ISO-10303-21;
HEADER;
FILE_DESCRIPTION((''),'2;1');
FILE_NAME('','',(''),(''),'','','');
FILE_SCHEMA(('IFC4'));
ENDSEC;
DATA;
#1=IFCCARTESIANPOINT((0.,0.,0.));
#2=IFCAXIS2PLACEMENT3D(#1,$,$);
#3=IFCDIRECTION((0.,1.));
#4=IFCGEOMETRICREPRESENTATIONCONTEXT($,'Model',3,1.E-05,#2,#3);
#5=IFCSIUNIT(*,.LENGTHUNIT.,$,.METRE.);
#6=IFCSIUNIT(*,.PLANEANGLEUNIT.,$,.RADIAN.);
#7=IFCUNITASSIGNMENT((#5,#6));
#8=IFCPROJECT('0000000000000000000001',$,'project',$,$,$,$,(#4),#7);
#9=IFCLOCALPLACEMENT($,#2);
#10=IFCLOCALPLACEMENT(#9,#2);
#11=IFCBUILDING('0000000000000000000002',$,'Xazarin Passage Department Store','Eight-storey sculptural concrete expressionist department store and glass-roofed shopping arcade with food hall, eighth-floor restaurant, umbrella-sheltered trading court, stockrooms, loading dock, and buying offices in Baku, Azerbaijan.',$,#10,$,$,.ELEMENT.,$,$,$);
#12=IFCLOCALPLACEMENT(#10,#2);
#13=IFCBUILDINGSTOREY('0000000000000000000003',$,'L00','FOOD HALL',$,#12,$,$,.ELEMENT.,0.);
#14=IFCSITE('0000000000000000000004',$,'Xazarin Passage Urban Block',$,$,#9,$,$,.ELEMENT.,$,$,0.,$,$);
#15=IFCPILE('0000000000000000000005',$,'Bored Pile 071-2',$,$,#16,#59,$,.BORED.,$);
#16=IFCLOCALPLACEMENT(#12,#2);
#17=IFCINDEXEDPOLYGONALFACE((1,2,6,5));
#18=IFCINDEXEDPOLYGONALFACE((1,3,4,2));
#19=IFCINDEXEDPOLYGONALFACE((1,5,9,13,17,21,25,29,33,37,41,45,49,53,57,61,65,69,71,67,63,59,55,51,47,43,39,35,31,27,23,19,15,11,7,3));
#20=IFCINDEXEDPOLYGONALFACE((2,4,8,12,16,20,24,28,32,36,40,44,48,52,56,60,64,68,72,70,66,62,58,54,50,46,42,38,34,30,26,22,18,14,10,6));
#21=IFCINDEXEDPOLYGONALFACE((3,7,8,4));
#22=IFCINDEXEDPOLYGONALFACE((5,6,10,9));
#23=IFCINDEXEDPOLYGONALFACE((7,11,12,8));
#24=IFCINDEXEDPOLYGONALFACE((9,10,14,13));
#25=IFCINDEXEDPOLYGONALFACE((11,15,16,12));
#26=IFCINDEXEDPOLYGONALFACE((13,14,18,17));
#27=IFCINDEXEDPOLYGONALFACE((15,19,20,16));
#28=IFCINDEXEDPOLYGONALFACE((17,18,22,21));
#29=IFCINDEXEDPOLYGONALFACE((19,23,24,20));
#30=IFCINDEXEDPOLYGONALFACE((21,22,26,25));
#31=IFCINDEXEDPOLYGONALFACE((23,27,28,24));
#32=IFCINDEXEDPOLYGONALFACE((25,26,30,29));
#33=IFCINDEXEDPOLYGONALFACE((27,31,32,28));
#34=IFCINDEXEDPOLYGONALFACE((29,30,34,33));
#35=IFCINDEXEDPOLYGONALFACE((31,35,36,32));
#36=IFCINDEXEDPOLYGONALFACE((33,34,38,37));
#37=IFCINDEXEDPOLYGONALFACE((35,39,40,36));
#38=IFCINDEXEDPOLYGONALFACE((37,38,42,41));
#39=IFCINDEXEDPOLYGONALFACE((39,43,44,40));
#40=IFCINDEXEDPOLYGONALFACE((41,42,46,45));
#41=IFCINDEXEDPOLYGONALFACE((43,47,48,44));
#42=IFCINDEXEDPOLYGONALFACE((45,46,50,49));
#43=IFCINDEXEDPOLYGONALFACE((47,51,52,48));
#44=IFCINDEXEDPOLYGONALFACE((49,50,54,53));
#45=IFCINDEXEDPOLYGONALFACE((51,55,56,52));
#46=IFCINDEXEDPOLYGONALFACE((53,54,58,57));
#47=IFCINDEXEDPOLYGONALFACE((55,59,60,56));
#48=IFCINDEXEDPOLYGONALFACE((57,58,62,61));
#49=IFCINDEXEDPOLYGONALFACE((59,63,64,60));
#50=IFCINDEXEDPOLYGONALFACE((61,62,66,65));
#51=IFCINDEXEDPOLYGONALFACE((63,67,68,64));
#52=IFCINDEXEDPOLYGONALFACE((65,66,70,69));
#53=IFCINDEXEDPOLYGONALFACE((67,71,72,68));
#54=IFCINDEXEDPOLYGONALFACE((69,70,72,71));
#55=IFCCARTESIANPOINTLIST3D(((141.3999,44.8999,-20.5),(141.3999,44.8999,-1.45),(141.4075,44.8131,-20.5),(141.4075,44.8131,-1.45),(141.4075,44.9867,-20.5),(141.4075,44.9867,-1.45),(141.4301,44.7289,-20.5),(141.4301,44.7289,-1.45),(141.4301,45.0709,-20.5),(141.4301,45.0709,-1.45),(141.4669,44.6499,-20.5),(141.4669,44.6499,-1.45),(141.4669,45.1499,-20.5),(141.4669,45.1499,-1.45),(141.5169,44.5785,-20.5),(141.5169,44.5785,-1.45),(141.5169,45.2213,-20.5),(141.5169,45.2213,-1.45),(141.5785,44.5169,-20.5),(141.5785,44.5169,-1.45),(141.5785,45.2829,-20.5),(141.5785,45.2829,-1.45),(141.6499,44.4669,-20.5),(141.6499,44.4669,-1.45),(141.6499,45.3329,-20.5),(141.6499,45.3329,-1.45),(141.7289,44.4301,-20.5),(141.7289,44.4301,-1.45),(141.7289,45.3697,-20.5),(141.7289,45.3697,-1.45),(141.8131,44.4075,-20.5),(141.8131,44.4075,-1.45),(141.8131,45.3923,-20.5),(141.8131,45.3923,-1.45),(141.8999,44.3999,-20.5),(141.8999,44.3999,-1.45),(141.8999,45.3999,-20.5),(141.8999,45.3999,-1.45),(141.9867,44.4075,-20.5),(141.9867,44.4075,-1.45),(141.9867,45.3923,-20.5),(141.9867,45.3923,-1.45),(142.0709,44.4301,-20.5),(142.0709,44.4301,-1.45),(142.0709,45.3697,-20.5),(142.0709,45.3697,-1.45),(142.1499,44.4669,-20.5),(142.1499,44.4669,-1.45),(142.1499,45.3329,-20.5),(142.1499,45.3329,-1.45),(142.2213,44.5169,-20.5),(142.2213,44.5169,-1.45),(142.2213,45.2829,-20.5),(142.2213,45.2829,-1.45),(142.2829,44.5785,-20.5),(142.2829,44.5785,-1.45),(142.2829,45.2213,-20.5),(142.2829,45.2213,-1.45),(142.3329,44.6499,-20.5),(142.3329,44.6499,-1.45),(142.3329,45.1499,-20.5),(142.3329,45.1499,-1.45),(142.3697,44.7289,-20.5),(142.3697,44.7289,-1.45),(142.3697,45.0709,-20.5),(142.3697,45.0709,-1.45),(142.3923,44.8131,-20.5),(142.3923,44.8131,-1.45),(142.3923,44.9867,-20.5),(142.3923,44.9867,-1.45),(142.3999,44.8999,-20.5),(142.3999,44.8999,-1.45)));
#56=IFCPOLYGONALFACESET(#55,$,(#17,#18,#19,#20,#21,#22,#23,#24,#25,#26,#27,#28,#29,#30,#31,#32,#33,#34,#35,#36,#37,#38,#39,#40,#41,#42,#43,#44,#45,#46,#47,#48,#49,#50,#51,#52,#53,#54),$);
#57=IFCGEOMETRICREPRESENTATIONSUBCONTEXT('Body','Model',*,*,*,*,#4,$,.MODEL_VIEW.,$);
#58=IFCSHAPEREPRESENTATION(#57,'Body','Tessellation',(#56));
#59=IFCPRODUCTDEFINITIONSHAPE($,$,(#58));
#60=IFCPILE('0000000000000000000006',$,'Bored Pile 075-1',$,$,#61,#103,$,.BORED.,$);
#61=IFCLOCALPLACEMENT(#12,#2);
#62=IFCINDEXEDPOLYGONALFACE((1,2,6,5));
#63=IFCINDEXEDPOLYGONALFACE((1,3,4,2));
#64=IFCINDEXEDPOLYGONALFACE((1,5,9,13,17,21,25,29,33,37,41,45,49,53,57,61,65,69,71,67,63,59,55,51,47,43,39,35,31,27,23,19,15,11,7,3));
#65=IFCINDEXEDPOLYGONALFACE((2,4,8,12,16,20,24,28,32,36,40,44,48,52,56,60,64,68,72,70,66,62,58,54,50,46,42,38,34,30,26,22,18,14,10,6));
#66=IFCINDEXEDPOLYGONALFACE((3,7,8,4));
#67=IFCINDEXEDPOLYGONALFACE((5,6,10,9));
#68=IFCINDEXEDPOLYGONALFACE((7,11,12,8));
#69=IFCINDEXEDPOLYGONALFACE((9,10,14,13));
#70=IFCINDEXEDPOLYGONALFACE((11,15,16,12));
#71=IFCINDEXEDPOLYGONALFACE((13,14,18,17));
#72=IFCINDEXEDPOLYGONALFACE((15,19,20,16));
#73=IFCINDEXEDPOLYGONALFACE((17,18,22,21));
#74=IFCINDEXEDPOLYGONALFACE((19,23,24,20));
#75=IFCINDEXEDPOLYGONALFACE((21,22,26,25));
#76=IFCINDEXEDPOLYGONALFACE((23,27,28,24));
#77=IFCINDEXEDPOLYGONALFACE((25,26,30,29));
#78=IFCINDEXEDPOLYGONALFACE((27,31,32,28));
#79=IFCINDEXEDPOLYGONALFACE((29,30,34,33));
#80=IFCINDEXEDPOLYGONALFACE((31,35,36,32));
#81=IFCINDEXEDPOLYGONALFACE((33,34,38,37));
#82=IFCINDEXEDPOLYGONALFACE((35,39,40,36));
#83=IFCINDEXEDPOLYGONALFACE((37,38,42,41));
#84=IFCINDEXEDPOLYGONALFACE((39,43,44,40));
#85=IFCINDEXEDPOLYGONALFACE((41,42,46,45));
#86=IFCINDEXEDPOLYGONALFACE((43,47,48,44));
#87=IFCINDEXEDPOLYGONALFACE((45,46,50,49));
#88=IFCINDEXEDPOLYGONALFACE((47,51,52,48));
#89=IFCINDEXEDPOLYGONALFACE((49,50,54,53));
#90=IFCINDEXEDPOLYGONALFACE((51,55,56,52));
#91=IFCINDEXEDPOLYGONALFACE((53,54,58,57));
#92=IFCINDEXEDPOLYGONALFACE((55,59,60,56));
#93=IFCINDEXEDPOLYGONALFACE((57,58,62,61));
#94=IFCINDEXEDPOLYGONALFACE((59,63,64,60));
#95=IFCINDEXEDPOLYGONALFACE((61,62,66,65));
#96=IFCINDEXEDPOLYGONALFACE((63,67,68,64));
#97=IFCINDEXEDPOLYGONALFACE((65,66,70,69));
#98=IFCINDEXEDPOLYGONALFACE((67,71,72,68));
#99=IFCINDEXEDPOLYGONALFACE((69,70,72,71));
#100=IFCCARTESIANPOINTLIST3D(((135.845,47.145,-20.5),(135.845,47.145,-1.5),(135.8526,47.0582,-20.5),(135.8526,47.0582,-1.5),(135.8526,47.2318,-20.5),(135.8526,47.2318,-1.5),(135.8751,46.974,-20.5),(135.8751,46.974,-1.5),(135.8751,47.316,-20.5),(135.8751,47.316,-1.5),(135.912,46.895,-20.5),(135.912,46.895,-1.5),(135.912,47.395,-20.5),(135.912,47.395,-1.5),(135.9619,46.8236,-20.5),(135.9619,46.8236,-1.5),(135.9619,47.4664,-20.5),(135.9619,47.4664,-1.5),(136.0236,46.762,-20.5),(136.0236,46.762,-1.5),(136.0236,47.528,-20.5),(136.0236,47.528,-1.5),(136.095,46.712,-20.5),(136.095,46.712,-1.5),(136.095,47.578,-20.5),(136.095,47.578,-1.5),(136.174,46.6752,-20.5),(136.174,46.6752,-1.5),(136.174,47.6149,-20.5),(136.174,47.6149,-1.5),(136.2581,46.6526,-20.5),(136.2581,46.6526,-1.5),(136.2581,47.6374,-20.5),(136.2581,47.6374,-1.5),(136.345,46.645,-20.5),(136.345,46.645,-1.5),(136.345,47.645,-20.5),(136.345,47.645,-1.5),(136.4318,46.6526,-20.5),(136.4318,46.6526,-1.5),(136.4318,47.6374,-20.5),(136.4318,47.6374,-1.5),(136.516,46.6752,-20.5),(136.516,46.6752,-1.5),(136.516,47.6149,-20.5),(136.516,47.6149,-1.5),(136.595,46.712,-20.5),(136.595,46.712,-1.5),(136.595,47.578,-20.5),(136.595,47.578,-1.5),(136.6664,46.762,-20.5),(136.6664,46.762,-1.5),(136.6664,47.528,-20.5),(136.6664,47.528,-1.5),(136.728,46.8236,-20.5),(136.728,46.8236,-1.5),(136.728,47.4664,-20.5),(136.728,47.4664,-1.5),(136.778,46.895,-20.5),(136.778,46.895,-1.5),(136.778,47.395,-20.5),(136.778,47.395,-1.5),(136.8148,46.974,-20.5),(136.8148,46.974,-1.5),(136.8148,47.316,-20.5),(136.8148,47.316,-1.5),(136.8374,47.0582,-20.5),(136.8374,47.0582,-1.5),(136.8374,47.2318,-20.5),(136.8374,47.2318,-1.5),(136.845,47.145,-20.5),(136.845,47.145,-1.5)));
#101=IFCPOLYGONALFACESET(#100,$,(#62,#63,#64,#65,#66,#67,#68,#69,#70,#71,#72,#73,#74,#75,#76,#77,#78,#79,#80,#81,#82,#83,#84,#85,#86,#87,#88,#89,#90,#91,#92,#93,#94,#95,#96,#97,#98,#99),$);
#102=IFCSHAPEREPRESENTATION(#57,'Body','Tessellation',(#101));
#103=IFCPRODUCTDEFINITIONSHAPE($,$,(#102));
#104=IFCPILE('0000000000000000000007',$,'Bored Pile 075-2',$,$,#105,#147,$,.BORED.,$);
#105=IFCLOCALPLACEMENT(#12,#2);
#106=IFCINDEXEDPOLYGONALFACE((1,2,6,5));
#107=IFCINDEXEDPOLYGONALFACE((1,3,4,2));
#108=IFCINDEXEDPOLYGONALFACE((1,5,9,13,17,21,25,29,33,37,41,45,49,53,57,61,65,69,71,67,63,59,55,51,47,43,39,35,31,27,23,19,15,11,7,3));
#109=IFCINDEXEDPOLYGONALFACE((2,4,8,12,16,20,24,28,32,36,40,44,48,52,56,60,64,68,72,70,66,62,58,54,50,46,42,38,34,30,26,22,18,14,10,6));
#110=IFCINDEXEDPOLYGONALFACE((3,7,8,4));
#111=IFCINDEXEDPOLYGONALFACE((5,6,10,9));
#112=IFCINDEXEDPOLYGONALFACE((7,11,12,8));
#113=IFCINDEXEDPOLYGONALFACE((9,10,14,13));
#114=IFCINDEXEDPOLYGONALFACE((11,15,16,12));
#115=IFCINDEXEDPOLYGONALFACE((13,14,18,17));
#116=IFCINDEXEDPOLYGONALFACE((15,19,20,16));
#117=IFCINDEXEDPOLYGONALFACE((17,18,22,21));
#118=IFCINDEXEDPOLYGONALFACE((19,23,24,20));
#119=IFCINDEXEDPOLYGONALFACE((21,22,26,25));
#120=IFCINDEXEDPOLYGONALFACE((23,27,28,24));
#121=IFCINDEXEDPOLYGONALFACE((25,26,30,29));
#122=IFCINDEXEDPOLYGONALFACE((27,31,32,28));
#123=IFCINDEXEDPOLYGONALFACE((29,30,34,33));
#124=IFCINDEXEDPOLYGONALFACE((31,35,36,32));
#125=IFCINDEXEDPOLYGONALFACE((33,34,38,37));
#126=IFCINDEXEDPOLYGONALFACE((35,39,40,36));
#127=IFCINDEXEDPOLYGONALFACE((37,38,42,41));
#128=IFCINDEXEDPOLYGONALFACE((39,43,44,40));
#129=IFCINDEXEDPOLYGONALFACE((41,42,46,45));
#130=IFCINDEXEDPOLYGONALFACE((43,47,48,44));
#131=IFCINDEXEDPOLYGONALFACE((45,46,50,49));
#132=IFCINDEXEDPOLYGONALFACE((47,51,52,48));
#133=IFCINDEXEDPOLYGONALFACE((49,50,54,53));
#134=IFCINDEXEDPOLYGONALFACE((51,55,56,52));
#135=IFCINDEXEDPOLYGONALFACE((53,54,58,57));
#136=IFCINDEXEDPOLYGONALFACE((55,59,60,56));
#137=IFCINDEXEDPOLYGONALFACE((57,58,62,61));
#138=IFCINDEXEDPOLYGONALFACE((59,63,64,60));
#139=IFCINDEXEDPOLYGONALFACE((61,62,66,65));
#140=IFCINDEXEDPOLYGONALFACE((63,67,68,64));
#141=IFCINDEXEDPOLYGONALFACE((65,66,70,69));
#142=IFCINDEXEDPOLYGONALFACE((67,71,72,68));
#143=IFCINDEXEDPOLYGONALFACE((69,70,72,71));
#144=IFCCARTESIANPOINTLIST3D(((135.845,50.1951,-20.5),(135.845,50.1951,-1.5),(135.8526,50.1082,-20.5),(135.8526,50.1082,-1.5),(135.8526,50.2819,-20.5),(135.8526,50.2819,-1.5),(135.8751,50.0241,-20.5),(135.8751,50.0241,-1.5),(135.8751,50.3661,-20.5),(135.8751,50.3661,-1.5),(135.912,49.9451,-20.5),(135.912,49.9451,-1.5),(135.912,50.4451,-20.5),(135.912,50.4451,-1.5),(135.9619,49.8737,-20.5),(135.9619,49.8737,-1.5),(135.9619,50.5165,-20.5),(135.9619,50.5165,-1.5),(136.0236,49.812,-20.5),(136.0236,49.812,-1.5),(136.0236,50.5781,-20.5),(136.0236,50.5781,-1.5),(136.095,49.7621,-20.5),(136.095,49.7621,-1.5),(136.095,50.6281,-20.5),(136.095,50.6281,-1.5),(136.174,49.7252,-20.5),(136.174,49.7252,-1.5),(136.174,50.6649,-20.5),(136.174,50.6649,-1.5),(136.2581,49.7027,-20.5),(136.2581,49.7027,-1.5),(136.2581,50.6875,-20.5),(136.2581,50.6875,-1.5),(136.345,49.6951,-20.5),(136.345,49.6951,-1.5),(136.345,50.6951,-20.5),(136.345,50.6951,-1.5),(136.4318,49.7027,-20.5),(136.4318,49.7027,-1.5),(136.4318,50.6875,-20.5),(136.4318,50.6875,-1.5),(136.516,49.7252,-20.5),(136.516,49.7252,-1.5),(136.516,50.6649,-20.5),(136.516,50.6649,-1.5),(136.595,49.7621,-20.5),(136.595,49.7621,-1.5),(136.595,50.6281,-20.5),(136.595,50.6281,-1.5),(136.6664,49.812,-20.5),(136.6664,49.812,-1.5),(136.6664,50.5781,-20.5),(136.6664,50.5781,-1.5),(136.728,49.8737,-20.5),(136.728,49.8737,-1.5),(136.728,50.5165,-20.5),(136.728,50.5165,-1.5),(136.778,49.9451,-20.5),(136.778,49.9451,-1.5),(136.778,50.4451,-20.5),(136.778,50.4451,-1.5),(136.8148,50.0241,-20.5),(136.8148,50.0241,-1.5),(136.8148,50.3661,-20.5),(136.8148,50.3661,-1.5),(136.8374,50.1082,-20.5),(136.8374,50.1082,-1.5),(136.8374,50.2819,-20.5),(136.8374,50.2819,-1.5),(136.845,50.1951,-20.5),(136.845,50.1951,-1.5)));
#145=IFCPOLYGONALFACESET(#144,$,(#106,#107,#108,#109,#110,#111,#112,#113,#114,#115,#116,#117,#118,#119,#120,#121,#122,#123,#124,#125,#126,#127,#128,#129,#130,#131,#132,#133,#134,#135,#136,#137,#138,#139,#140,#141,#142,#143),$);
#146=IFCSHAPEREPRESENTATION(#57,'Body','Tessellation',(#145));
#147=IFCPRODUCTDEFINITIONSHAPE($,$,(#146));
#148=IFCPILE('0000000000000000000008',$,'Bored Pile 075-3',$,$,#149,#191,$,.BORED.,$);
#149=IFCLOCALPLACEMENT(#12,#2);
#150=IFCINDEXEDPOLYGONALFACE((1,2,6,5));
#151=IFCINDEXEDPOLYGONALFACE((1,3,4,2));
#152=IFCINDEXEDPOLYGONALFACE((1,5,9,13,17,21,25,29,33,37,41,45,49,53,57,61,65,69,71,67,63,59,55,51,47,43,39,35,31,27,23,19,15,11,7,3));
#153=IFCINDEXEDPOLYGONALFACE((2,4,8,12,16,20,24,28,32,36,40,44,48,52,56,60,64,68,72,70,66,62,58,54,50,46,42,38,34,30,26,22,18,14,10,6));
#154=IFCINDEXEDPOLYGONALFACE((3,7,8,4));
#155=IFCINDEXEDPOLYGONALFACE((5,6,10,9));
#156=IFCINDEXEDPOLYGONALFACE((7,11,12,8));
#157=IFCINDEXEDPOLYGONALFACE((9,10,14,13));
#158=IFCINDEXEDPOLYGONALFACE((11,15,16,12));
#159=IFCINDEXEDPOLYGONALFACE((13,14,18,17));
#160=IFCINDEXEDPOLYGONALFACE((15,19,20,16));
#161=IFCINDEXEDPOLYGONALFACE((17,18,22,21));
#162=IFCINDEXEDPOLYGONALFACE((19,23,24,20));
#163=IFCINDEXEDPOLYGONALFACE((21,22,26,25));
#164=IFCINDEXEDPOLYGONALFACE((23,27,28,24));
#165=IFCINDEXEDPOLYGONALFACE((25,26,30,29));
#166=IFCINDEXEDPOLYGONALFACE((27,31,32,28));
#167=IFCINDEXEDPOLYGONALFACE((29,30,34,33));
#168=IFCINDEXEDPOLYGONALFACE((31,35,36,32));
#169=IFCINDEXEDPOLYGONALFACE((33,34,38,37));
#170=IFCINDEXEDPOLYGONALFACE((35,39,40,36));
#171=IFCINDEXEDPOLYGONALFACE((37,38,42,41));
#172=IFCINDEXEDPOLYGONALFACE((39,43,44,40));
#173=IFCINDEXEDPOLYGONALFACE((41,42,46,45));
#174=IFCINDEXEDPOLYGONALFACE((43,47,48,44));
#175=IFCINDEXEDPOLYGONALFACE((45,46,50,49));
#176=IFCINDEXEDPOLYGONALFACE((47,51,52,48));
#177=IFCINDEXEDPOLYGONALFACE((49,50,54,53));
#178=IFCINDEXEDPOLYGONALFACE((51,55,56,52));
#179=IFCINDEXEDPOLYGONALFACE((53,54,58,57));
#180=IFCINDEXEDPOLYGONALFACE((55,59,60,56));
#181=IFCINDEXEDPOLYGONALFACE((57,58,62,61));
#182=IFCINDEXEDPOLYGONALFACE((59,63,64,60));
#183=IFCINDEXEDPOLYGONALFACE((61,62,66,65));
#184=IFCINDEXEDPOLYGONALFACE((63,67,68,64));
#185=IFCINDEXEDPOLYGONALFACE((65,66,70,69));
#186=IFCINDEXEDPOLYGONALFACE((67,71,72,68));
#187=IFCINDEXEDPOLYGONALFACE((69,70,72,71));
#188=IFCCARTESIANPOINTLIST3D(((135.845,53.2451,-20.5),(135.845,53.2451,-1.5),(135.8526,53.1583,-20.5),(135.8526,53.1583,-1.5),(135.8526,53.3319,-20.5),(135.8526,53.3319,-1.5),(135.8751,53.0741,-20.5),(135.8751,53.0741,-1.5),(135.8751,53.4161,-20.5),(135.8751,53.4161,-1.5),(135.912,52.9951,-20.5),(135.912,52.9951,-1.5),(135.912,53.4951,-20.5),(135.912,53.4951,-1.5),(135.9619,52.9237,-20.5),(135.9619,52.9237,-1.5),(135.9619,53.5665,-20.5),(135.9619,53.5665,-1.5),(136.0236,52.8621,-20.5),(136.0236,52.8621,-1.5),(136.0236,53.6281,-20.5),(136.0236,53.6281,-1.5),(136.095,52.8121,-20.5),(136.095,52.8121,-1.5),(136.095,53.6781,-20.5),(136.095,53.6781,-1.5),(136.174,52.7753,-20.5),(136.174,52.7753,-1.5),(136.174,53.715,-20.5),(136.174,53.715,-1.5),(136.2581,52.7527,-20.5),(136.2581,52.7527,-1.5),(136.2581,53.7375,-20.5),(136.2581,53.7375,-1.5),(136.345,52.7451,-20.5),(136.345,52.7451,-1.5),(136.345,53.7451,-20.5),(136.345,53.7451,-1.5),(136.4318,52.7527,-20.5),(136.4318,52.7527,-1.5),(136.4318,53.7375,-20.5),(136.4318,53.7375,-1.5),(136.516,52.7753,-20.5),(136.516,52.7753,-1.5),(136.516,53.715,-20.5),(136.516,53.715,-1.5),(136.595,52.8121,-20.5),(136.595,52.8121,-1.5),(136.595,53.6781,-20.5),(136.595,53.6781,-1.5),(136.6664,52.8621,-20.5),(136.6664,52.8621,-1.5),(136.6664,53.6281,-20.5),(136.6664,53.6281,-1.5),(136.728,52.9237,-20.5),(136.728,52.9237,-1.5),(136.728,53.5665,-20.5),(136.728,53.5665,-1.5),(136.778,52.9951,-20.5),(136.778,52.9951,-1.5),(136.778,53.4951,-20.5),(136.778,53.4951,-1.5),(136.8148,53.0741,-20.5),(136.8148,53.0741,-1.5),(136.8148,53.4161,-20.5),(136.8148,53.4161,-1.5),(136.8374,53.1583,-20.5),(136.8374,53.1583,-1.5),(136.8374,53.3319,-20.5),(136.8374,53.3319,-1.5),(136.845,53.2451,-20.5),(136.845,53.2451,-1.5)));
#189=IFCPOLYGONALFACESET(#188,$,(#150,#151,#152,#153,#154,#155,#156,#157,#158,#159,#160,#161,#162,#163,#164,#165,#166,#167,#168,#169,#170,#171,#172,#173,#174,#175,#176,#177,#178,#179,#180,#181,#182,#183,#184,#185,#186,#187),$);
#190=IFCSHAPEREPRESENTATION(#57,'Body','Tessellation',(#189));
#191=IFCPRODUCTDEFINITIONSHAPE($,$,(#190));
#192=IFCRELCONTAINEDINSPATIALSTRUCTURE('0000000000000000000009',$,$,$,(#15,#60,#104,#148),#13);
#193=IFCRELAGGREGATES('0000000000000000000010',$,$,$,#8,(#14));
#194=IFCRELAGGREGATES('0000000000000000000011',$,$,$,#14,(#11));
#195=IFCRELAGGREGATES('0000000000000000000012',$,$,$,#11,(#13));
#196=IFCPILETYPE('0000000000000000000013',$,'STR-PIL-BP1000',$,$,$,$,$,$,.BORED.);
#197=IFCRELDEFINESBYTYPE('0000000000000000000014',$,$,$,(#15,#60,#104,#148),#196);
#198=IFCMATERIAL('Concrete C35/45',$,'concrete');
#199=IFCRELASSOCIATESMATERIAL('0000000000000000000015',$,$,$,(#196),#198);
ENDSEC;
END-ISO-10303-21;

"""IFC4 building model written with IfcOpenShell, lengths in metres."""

from ifc_helpers import new_model, si_unit, direction, frame, origin, origin_2d, place, context, subcontext, project, spatial, circle, extrude, material, material_profile, profile_set, type_object, element, save


model = new_model("IFC4")

# Units and contexts
model_context = context("Model", 3, precision=1e-05, world=origin(), true_north=direction((0.0, 1.0)))
body_context = subcontext(model_context, "Body", "Model", "MODEL_VIEW")
ifc_project = project(units=[si_unit("LENGTHUNIT", "METRE"), si_unit("PLANEANGLEUNIT", "RADIAN")], contexts=[model_context])

# Site, building, storey
site_placement = place(None, origin())
site = spatial("IfcSite", under=ifc_project, at=site_placement, Name="Xazarin Passage Urban Block", CompositionType="ELEMENT", RefElevation=0.0)
building_placement = place(site_placement, origin())
building = spatial("IfcBuilding", under=site, at=building_placement, Name="Xazarin Passage Department Store", Description="Eight-storey sculptural concrete expressionist department store and glass-roofed shopping arcade with food hall, eighth-floor restaurant, umbrella-sheltered trading court, stockrooms, loading dock, and buying offices in Baku, Azerbaijan.", CompositionType="ELEMENT")
storey_placement = place(building_placement, origin())
storey = spatial("IfcBuildingStorey", under=building, at=storey_placement, Name="L00", Description="FOOD HALL", CompositionType="ELEMENT", Elevation=0.0)

# Shared definitions
ifc_material_1 = material(Name="Concrete C35/45", Category="concrete")

# Piles
ifc_material_profile_1 = material_profile(ifc_material_1, circle(Radius=0.5, at=origin_2d()), Name="BP 1000")
ifc_profile_set_1 = profile_set([ifc_material_profile_1], Name="Concrete C35/45")
pile_type_1 = type_object("IfcPileType", Name="STR-PIL-BP1000", PredefinedType="BORED", material=ifc_profile_set_1)
for number, where, z_axis, x_axis, name in (
    (1, (141.8999, 44.8999, -1.45), (0.0, 0.0, -1.0), (1.0, 0.0, 0.0), "Bored Pile 071-2"),
):
    element("IfcPile", number, at=place(storey_placement, frame(where, z_axis=z_axis, x_axis=x_axis)), inside=storey, type_object=pile_type_1, Name=name, PredefinedType="BORED", context=body_context, shape_type="SweptSolid", body=[
        extrude(circle(Radius=0.5, at=origin_2d()), origin(), (0.0, 0.0, 1.0), 19.05),
    ])
for number, where, z_axis, x_axis, name in (
    (2, (136.345, 47.145, -1.5), (0.0, 0.0, -1.0), (1.0, 0.0, 0.0), "Bored Pile 075-1"),
    (3, (136.345, 50.1951, -1.5), (0.0, 0.0, -1.0), (1.0, 0.0, 0.0), "Bored Pile 075-2"),
    (4, (136.345, 53.2451, -1.5), (0.0, 0.0, -1.0), (1.0, 0.0, 0.0), "Bored Pile 075-3"),
):
    element("IfcPile", number, at=place(storey_placement, frame(where, z_axis=z_axis, x_axis=x_axis)), inside=storey, type_object=pile_type_1, Name=name, PredefinedType="BORED", context=body_context, shape_type="SweptSolid", body=[
        extrude(circle(Radius=0.5, at=origin_2d()), origin(), (0.0, 0.0, 1.0), 19.0),
    ])

save(model, "model.ifc")
